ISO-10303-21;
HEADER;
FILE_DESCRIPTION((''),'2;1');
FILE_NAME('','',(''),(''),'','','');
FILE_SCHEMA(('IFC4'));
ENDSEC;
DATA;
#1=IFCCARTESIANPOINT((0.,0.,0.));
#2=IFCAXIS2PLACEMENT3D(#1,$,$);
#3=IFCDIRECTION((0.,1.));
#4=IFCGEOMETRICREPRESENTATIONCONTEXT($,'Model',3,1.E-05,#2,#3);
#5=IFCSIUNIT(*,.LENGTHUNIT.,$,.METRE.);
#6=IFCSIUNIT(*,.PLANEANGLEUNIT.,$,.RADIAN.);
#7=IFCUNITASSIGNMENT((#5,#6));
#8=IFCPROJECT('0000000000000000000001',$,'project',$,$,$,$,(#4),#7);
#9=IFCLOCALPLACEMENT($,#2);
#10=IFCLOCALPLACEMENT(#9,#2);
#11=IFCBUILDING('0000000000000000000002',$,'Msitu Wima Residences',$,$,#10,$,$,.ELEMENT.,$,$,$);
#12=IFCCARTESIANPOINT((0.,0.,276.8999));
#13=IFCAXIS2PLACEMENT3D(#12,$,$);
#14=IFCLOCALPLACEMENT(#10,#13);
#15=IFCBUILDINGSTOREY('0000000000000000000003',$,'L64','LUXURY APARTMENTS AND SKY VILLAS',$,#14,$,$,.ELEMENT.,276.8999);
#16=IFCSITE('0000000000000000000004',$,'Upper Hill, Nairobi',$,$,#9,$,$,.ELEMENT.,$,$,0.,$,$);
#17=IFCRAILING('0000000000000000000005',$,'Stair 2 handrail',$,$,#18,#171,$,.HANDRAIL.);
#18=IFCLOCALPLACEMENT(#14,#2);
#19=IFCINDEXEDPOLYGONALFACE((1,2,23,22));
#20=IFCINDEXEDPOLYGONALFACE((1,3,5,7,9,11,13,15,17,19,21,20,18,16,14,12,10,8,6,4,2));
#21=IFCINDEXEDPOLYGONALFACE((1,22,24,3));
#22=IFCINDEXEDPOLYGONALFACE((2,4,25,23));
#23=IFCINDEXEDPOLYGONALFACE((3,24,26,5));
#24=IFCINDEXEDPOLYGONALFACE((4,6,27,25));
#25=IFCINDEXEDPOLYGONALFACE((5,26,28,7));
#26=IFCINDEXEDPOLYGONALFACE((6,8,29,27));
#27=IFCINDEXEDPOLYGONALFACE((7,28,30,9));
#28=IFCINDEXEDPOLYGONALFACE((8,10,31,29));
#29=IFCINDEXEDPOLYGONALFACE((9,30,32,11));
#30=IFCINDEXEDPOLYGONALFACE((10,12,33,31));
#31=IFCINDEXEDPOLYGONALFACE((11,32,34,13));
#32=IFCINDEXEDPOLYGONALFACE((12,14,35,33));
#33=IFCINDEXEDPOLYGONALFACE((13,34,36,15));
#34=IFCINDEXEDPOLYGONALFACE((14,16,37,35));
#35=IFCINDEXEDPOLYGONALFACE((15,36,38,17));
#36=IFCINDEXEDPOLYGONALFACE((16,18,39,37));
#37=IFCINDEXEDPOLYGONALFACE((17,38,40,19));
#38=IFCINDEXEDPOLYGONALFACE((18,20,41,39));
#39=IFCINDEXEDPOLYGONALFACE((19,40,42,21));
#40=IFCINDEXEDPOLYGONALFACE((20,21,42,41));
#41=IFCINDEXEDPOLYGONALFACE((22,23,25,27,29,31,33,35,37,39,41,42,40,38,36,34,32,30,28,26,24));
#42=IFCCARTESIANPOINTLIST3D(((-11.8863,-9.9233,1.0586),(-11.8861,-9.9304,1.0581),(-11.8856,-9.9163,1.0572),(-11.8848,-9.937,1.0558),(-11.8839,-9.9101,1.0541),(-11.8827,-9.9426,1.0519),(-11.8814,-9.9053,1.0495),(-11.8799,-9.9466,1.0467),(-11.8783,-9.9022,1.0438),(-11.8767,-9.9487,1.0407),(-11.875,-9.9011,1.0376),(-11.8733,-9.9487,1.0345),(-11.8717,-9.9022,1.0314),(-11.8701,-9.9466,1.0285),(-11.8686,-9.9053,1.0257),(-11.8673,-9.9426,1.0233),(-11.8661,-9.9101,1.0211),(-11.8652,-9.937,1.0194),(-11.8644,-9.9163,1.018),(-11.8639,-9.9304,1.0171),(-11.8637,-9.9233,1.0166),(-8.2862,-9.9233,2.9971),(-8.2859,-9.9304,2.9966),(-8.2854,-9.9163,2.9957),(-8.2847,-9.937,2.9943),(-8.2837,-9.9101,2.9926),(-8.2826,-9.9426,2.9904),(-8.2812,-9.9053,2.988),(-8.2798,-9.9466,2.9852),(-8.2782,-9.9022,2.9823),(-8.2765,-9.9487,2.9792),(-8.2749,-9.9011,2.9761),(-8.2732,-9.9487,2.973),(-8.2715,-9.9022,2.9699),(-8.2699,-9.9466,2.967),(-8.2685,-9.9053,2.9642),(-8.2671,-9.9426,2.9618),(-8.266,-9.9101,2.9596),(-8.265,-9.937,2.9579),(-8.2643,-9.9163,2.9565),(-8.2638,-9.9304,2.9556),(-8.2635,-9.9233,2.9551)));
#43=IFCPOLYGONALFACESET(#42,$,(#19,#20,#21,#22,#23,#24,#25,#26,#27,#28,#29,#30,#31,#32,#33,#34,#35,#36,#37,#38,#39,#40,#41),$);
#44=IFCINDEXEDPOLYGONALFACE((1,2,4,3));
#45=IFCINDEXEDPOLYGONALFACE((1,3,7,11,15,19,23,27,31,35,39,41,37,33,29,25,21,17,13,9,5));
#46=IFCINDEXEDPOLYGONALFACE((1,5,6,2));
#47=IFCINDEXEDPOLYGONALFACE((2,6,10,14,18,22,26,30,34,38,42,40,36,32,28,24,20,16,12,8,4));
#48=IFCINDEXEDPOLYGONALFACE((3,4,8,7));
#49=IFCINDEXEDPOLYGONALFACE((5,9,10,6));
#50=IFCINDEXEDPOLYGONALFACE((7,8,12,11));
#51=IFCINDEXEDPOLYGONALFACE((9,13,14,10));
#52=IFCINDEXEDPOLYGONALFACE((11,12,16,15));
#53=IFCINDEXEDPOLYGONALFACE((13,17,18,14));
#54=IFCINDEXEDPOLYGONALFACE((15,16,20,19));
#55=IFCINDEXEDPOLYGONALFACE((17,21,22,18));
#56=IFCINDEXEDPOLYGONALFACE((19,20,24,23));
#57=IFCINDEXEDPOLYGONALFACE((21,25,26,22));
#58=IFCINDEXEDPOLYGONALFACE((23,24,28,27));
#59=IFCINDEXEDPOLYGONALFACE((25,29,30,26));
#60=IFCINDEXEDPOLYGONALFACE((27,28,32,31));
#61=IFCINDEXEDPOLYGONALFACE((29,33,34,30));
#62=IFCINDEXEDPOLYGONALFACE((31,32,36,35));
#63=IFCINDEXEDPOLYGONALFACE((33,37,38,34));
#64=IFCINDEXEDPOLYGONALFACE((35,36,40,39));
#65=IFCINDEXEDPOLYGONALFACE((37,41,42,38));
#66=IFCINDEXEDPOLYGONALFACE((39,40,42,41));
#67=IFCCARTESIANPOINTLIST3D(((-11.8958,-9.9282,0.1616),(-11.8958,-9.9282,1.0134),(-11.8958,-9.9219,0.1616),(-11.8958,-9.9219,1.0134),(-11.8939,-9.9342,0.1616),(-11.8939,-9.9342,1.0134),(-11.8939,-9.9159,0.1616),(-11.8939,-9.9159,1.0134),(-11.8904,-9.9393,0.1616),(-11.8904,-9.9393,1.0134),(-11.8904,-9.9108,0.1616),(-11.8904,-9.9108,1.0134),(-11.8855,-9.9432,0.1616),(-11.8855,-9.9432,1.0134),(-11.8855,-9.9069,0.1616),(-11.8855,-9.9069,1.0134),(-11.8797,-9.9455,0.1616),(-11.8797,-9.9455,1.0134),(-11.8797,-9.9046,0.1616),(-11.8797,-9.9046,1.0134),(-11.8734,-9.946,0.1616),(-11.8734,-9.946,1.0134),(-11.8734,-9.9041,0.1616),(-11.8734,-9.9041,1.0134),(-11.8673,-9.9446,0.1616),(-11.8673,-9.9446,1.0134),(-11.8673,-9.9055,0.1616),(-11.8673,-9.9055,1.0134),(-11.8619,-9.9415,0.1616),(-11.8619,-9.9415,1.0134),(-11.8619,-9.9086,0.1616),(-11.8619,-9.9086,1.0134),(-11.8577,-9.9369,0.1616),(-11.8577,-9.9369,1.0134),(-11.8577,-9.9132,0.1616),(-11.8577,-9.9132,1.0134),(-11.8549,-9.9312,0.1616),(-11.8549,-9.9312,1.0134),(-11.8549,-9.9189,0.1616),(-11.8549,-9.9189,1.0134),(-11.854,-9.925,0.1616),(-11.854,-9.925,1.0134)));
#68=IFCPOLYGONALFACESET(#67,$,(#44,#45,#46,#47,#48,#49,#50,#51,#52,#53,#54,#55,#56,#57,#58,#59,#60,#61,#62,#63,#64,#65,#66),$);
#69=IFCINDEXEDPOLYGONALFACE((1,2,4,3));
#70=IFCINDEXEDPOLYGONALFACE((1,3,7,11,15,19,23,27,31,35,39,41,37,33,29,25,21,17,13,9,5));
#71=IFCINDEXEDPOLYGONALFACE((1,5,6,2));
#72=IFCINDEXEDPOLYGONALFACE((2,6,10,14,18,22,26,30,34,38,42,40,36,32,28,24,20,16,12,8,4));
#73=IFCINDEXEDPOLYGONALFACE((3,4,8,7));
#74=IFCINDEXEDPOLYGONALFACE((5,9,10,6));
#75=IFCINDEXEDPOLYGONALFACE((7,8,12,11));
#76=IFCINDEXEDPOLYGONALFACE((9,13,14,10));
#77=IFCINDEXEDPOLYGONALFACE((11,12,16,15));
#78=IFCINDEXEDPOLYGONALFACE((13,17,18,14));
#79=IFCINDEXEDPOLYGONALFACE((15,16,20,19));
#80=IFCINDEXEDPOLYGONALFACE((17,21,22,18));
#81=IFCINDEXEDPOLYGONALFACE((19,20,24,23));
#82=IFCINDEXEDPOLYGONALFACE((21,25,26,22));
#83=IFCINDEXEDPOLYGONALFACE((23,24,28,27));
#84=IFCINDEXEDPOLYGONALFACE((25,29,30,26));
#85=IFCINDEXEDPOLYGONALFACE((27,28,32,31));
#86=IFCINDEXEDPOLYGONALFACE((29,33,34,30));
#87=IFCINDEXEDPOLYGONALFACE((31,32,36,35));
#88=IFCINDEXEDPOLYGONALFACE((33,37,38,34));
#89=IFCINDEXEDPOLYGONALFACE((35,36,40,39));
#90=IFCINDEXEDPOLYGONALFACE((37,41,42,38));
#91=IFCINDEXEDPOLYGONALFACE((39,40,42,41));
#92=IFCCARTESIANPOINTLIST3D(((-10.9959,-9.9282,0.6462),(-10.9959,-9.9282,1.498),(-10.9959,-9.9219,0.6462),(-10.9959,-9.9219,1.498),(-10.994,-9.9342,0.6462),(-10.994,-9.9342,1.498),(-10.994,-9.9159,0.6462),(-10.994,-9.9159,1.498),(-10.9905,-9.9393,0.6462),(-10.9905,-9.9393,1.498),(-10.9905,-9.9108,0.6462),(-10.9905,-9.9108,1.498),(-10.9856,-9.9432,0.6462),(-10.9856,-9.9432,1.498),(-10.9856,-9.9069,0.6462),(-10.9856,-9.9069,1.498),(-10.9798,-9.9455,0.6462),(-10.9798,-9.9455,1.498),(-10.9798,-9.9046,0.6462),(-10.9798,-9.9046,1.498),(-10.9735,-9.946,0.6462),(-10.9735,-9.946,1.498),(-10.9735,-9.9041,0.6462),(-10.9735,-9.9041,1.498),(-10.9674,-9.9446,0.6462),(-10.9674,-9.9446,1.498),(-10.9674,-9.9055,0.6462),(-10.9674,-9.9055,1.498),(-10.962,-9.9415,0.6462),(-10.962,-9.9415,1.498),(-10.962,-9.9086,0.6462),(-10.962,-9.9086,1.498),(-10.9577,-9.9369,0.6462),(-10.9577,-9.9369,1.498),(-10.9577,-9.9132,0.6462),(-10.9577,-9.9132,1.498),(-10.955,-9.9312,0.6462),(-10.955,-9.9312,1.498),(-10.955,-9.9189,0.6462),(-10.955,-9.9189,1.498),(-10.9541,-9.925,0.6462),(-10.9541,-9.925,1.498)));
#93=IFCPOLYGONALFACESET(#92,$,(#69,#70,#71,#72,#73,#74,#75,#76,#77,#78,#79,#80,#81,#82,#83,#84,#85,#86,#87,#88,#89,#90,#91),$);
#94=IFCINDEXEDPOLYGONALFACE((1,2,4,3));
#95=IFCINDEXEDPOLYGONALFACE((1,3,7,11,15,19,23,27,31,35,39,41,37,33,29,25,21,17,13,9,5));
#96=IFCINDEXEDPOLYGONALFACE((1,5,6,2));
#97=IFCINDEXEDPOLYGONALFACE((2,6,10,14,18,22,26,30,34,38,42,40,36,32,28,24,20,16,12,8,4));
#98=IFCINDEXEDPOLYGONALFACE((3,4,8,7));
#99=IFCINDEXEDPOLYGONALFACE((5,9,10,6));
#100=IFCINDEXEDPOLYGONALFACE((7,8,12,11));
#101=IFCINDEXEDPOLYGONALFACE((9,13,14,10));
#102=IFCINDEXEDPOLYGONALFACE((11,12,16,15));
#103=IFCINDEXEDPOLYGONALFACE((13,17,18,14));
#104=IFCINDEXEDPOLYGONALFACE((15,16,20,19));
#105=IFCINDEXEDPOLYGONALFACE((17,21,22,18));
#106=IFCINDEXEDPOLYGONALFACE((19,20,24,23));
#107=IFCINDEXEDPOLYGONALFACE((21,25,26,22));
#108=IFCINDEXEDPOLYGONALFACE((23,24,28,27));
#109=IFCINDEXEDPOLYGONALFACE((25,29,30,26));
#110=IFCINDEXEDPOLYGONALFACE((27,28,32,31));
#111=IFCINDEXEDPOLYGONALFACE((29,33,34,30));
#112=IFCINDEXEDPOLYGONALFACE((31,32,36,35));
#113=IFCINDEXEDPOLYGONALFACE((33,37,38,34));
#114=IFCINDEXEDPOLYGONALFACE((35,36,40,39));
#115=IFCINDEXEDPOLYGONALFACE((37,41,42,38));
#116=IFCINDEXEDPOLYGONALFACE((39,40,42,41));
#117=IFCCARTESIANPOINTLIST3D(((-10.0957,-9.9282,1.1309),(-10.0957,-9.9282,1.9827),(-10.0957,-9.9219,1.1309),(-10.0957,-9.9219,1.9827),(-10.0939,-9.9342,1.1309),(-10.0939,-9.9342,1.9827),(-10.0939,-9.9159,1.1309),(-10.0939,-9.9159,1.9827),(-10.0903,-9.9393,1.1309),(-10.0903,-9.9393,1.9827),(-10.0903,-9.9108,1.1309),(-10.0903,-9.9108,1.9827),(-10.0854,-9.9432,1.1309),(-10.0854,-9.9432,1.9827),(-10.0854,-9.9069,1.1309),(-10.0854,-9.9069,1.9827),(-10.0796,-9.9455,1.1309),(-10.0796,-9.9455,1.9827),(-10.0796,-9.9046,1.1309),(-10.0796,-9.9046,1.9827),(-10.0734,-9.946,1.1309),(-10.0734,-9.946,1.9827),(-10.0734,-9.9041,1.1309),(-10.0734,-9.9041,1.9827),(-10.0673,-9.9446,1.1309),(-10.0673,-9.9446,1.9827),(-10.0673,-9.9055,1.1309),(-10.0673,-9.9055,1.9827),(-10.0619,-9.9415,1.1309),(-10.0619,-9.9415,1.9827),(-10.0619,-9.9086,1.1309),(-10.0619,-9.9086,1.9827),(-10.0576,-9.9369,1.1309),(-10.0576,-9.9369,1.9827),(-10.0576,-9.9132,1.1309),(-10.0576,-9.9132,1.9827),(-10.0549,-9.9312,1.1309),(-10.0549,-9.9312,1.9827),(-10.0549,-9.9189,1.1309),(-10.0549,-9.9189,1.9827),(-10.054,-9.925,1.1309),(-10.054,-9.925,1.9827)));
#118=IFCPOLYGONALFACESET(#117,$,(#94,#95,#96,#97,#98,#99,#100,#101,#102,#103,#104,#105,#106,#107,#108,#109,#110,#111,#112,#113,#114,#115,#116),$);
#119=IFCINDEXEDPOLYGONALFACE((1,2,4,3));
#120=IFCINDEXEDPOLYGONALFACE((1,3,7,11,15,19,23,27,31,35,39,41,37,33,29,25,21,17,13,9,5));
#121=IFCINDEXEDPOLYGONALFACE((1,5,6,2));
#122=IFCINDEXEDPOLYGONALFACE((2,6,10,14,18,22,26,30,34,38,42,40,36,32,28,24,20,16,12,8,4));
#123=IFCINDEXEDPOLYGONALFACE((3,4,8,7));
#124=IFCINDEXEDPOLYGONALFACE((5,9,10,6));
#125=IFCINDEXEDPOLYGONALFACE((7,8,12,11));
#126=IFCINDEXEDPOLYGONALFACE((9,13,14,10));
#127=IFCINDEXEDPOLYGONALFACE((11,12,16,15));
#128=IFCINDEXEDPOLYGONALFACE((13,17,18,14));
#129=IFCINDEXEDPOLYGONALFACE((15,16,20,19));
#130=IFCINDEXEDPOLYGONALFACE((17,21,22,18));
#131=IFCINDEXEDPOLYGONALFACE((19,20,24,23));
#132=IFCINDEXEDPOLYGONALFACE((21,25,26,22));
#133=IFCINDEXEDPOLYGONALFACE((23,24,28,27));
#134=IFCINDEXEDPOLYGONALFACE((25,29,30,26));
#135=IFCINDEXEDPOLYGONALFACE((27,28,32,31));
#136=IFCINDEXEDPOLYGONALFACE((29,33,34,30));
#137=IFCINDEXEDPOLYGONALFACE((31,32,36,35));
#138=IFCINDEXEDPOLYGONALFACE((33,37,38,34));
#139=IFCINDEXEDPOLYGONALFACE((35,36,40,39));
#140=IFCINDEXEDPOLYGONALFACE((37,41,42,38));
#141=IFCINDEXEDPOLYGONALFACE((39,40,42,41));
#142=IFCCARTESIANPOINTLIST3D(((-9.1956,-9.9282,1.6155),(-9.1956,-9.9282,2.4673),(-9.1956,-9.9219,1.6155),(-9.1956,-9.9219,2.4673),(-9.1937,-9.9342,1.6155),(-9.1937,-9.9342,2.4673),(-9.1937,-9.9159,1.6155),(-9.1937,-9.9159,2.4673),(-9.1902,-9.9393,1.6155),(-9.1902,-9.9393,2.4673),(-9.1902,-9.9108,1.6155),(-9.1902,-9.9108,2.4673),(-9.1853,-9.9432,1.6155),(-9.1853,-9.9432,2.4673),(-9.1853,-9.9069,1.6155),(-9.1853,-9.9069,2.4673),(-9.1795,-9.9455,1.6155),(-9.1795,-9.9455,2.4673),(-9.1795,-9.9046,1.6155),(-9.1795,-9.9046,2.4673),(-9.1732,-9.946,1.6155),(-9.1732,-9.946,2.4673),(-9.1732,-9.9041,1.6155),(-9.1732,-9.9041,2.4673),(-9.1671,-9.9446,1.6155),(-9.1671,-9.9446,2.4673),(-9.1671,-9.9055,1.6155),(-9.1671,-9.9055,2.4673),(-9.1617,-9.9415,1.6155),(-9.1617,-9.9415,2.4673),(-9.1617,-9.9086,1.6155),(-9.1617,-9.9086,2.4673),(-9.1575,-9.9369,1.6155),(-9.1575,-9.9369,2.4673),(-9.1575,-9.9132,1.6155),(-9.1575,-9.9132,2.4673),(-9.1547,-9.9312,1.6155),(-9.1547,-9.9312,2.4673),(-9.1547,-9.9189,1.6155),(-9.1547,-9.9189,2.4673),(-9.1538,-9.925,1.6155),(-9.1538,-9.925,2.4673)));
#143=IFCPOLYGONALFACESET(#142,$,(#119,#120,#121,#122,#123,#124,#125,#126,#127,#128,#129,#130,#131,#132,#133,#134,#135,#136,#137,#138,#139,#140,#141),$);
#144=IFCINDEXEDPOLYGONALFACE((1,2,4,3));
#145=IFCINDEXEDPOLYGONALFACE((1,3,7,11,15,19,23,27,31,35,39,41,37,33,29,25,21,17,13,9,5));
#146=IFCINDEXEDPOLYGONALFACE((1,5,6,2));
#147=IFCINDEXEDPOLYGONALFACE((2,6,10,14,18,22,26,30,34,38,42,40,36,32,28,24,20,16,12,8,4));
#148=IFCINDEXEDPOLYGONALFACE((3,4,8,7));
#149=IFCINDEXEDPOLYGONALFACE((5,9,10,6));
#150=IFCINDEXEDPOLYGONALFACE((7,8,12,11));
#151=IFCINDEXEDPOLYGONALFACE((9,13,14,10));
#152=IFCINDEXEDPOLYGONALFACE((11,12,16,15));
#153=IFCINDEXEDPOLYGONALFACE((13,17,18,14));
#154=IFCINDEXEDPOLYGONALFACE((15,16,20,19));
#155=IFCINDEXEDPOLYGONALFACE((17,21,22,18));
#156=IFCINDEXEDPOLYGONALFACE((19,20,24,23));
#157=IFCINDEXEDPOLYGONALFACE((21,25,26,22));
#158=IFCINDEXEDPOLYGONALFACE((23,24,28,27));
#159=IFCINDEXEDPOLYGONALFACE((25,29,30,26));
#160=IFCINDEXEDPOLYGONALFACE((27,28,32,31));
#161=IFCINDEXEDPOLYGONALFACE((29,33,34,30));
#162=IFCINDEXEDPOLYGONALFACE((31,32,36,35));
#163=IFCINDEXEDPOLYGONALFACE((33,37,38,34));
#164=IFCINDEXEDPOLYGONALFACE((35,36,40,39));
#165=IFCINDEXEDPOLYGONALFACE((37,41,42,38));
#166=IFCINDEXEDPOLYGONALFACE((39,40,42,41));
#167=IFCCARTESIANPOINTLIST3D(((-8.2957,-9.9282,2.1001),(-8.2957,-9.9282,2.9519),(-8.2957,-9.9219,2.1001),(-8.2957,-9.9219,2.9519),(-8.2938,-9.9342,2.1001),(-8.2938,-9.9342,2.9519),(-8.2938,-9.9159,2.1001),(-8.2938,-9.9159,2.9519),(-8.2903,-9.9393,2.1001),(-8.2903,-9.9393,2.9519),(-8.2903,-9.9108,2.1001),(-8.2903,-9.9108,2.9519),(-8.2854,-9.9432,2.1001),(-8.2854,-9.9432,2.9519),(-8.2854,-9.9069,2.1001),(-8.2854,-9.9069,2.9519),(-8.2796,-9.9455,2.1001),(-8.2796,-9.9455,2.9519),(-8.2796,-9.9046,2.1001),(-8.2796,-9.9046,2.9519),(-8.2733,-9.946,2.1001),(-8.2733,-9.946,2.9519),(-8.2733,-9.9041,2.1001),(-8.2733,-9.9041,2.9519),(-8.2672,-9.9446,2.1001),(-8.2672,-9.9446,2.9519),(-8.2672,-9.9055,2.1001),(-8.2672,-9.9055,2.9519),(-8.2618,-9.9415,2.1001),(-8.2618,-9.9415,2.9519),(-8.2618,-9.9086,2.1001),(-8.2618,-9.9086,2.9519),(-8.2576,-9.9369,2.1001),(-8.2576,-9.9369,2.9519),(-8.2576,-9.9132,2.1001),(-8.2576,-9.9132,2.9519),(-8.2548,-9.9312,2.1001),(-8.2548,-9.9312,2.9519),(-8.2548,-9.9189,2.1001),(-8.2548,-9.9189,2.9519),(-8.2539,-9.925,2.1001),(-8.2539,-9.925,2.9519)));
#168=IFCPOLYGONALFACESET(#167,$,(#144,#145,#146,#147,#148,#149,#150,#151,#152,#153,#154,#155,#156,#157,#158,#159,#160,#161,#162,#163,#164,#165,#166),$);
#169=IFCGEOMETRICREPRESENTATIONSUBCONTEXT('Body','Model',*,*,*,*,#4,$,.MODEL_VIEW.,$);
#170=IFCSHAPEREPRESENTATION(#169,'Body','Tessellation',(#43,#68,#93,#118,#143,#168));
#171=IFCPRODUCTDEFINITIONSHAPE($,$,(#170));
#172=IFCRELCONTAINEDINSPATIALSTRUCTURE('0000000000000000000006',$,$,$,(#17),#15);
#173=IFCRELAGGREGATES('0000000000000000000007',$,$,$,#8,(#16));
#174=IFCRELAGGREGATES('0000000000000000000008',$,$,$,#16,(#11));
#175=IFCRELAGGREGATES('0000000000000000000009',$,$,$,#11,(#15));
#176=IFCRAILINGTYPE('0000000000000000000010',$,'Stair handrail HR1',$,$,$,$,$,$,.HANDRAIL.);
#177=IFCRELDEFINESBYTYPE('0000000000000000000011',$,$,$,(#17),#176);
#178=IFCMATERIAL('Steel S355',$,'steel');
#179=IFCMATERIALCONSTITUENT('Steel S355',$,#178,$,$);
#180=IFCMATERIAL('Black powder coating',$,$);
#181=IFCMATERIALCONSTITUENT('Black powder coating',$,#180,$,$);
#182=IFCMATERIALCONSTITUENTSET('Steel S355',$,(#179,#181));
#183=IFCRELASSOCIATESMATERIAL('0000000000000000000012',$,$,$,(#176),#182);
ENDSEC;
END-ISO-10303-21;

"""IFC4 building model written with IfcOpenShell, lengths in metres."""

from ifc_helpers import new_model, si_unit, direction, frame, origin, origin_2d, place, context, subcontext, project, spatial, circle, extrude, material, constituent, constituent_set, type_object, element, save


model = new_model("IFC4")

# Units and contexts
model_context = context("Model", 3, precision=1e-05, world=origin(), true_north=direction((0.0, 1.0)))
body_context = subcontext(model_context, "Body", "Model", "MODEL_VIEW")
ifc_project = project(units=[si_unit("LENGTHUNIT", "METRE"), si_unit("PLANEANGLEUNIT", "RADIAN")], contexts=[model_context])

# Site, building, storey
site_placement = place(None, origin())
site = spatial("IfcSite", under=ifc_project, at=site_placement, Name="Upper Hill, Nairobi", CompositionType="ELEMENT", RefElevation=0.0)
building_placement = place(site_placement, origin())
building = spatial("IfcBuilding", under=site, at=building_placement, Name="Msitu Wima Residences", CompositionType="ELEMENT")
storey_placement = place(building_placement, frame((0.0, 0.0, 276.8999)))
storey = spatial("IfcBuildingStorey", under=building, at=storey_placement, Name="L64", Description="LUXURY APARTMENTS AND SKY VILLAS", CompositionType="ELEMENT", Elevation=276.8999)

# Railing
ifc_material_1 = material(Name="Steel S355", Category="steel")
ifc_constituent_1 = constituent(ifc_material_1, Name="Steel S355")
ifc_material_2 = material(Name="Black powder coating")
ifc_constituent_2 = constituent(ifc_material_2, Name="Black powder coating")
ifc_constituent_set = constituent_set(constituents=[ifc_constituent_1, ifc_constituent_2], Name="Steel S355")
railing_type = type_object("IfcRailingType", Name="Stair handrail HR1", PredefinedType="HANDRAIL", material=ifc_constituent_set)
for number, where, name in (
    (1, (-11.875, -9.925, 0.1616), "Stair 2 handrail"),
):
    element("IfcRailing", number, at=place(storey_placement, frame(where)), inside=storey, type_object=railing_type, Name=name, PredefinedType="HANDRAIL", context=body_context, shape_type="SweptSolid", body=[
        extrude(circle(Radius=0.0239, at=origin_2d()), frame((0.0, 0.0, 0.876), z_axis=(0.880475, 0.0, 0.474093), x_axis=(0.0, 1.0, 0.0)), (0.0, 0.0, 1.0), 4.0889),
        extrude(circle(Radius=0.021, at=origin_2d()), origin(), (0.0, 0.0, 1.0), 0.8518),
        extrude(circle(Radius=0.021, at=origin_2d()), frame((0.8999, 0.0, 0.4846)), (0.0, 0.0, 1.0), 0.8518),
        extrude(circle(Radius=0.021, at=origin_2d()), frame((1.8, 0.0, 0.9692)), (0.0, 0.0, 1.0), 0.8518),
        extrude(circle(Radius=0.021, at=origin_2d()), frame((2.7002, 0.0, 1.4539)), (0.0, 0.0, 1.0), 0.8518),
        extrude(circle(Radius=0.021, at=origin_2d()), frame((3.6001, 0.0, 1.9385)), (0.0, 0.0, 1.0), 0.8518),
    ])

save(model, "model.ifc")
